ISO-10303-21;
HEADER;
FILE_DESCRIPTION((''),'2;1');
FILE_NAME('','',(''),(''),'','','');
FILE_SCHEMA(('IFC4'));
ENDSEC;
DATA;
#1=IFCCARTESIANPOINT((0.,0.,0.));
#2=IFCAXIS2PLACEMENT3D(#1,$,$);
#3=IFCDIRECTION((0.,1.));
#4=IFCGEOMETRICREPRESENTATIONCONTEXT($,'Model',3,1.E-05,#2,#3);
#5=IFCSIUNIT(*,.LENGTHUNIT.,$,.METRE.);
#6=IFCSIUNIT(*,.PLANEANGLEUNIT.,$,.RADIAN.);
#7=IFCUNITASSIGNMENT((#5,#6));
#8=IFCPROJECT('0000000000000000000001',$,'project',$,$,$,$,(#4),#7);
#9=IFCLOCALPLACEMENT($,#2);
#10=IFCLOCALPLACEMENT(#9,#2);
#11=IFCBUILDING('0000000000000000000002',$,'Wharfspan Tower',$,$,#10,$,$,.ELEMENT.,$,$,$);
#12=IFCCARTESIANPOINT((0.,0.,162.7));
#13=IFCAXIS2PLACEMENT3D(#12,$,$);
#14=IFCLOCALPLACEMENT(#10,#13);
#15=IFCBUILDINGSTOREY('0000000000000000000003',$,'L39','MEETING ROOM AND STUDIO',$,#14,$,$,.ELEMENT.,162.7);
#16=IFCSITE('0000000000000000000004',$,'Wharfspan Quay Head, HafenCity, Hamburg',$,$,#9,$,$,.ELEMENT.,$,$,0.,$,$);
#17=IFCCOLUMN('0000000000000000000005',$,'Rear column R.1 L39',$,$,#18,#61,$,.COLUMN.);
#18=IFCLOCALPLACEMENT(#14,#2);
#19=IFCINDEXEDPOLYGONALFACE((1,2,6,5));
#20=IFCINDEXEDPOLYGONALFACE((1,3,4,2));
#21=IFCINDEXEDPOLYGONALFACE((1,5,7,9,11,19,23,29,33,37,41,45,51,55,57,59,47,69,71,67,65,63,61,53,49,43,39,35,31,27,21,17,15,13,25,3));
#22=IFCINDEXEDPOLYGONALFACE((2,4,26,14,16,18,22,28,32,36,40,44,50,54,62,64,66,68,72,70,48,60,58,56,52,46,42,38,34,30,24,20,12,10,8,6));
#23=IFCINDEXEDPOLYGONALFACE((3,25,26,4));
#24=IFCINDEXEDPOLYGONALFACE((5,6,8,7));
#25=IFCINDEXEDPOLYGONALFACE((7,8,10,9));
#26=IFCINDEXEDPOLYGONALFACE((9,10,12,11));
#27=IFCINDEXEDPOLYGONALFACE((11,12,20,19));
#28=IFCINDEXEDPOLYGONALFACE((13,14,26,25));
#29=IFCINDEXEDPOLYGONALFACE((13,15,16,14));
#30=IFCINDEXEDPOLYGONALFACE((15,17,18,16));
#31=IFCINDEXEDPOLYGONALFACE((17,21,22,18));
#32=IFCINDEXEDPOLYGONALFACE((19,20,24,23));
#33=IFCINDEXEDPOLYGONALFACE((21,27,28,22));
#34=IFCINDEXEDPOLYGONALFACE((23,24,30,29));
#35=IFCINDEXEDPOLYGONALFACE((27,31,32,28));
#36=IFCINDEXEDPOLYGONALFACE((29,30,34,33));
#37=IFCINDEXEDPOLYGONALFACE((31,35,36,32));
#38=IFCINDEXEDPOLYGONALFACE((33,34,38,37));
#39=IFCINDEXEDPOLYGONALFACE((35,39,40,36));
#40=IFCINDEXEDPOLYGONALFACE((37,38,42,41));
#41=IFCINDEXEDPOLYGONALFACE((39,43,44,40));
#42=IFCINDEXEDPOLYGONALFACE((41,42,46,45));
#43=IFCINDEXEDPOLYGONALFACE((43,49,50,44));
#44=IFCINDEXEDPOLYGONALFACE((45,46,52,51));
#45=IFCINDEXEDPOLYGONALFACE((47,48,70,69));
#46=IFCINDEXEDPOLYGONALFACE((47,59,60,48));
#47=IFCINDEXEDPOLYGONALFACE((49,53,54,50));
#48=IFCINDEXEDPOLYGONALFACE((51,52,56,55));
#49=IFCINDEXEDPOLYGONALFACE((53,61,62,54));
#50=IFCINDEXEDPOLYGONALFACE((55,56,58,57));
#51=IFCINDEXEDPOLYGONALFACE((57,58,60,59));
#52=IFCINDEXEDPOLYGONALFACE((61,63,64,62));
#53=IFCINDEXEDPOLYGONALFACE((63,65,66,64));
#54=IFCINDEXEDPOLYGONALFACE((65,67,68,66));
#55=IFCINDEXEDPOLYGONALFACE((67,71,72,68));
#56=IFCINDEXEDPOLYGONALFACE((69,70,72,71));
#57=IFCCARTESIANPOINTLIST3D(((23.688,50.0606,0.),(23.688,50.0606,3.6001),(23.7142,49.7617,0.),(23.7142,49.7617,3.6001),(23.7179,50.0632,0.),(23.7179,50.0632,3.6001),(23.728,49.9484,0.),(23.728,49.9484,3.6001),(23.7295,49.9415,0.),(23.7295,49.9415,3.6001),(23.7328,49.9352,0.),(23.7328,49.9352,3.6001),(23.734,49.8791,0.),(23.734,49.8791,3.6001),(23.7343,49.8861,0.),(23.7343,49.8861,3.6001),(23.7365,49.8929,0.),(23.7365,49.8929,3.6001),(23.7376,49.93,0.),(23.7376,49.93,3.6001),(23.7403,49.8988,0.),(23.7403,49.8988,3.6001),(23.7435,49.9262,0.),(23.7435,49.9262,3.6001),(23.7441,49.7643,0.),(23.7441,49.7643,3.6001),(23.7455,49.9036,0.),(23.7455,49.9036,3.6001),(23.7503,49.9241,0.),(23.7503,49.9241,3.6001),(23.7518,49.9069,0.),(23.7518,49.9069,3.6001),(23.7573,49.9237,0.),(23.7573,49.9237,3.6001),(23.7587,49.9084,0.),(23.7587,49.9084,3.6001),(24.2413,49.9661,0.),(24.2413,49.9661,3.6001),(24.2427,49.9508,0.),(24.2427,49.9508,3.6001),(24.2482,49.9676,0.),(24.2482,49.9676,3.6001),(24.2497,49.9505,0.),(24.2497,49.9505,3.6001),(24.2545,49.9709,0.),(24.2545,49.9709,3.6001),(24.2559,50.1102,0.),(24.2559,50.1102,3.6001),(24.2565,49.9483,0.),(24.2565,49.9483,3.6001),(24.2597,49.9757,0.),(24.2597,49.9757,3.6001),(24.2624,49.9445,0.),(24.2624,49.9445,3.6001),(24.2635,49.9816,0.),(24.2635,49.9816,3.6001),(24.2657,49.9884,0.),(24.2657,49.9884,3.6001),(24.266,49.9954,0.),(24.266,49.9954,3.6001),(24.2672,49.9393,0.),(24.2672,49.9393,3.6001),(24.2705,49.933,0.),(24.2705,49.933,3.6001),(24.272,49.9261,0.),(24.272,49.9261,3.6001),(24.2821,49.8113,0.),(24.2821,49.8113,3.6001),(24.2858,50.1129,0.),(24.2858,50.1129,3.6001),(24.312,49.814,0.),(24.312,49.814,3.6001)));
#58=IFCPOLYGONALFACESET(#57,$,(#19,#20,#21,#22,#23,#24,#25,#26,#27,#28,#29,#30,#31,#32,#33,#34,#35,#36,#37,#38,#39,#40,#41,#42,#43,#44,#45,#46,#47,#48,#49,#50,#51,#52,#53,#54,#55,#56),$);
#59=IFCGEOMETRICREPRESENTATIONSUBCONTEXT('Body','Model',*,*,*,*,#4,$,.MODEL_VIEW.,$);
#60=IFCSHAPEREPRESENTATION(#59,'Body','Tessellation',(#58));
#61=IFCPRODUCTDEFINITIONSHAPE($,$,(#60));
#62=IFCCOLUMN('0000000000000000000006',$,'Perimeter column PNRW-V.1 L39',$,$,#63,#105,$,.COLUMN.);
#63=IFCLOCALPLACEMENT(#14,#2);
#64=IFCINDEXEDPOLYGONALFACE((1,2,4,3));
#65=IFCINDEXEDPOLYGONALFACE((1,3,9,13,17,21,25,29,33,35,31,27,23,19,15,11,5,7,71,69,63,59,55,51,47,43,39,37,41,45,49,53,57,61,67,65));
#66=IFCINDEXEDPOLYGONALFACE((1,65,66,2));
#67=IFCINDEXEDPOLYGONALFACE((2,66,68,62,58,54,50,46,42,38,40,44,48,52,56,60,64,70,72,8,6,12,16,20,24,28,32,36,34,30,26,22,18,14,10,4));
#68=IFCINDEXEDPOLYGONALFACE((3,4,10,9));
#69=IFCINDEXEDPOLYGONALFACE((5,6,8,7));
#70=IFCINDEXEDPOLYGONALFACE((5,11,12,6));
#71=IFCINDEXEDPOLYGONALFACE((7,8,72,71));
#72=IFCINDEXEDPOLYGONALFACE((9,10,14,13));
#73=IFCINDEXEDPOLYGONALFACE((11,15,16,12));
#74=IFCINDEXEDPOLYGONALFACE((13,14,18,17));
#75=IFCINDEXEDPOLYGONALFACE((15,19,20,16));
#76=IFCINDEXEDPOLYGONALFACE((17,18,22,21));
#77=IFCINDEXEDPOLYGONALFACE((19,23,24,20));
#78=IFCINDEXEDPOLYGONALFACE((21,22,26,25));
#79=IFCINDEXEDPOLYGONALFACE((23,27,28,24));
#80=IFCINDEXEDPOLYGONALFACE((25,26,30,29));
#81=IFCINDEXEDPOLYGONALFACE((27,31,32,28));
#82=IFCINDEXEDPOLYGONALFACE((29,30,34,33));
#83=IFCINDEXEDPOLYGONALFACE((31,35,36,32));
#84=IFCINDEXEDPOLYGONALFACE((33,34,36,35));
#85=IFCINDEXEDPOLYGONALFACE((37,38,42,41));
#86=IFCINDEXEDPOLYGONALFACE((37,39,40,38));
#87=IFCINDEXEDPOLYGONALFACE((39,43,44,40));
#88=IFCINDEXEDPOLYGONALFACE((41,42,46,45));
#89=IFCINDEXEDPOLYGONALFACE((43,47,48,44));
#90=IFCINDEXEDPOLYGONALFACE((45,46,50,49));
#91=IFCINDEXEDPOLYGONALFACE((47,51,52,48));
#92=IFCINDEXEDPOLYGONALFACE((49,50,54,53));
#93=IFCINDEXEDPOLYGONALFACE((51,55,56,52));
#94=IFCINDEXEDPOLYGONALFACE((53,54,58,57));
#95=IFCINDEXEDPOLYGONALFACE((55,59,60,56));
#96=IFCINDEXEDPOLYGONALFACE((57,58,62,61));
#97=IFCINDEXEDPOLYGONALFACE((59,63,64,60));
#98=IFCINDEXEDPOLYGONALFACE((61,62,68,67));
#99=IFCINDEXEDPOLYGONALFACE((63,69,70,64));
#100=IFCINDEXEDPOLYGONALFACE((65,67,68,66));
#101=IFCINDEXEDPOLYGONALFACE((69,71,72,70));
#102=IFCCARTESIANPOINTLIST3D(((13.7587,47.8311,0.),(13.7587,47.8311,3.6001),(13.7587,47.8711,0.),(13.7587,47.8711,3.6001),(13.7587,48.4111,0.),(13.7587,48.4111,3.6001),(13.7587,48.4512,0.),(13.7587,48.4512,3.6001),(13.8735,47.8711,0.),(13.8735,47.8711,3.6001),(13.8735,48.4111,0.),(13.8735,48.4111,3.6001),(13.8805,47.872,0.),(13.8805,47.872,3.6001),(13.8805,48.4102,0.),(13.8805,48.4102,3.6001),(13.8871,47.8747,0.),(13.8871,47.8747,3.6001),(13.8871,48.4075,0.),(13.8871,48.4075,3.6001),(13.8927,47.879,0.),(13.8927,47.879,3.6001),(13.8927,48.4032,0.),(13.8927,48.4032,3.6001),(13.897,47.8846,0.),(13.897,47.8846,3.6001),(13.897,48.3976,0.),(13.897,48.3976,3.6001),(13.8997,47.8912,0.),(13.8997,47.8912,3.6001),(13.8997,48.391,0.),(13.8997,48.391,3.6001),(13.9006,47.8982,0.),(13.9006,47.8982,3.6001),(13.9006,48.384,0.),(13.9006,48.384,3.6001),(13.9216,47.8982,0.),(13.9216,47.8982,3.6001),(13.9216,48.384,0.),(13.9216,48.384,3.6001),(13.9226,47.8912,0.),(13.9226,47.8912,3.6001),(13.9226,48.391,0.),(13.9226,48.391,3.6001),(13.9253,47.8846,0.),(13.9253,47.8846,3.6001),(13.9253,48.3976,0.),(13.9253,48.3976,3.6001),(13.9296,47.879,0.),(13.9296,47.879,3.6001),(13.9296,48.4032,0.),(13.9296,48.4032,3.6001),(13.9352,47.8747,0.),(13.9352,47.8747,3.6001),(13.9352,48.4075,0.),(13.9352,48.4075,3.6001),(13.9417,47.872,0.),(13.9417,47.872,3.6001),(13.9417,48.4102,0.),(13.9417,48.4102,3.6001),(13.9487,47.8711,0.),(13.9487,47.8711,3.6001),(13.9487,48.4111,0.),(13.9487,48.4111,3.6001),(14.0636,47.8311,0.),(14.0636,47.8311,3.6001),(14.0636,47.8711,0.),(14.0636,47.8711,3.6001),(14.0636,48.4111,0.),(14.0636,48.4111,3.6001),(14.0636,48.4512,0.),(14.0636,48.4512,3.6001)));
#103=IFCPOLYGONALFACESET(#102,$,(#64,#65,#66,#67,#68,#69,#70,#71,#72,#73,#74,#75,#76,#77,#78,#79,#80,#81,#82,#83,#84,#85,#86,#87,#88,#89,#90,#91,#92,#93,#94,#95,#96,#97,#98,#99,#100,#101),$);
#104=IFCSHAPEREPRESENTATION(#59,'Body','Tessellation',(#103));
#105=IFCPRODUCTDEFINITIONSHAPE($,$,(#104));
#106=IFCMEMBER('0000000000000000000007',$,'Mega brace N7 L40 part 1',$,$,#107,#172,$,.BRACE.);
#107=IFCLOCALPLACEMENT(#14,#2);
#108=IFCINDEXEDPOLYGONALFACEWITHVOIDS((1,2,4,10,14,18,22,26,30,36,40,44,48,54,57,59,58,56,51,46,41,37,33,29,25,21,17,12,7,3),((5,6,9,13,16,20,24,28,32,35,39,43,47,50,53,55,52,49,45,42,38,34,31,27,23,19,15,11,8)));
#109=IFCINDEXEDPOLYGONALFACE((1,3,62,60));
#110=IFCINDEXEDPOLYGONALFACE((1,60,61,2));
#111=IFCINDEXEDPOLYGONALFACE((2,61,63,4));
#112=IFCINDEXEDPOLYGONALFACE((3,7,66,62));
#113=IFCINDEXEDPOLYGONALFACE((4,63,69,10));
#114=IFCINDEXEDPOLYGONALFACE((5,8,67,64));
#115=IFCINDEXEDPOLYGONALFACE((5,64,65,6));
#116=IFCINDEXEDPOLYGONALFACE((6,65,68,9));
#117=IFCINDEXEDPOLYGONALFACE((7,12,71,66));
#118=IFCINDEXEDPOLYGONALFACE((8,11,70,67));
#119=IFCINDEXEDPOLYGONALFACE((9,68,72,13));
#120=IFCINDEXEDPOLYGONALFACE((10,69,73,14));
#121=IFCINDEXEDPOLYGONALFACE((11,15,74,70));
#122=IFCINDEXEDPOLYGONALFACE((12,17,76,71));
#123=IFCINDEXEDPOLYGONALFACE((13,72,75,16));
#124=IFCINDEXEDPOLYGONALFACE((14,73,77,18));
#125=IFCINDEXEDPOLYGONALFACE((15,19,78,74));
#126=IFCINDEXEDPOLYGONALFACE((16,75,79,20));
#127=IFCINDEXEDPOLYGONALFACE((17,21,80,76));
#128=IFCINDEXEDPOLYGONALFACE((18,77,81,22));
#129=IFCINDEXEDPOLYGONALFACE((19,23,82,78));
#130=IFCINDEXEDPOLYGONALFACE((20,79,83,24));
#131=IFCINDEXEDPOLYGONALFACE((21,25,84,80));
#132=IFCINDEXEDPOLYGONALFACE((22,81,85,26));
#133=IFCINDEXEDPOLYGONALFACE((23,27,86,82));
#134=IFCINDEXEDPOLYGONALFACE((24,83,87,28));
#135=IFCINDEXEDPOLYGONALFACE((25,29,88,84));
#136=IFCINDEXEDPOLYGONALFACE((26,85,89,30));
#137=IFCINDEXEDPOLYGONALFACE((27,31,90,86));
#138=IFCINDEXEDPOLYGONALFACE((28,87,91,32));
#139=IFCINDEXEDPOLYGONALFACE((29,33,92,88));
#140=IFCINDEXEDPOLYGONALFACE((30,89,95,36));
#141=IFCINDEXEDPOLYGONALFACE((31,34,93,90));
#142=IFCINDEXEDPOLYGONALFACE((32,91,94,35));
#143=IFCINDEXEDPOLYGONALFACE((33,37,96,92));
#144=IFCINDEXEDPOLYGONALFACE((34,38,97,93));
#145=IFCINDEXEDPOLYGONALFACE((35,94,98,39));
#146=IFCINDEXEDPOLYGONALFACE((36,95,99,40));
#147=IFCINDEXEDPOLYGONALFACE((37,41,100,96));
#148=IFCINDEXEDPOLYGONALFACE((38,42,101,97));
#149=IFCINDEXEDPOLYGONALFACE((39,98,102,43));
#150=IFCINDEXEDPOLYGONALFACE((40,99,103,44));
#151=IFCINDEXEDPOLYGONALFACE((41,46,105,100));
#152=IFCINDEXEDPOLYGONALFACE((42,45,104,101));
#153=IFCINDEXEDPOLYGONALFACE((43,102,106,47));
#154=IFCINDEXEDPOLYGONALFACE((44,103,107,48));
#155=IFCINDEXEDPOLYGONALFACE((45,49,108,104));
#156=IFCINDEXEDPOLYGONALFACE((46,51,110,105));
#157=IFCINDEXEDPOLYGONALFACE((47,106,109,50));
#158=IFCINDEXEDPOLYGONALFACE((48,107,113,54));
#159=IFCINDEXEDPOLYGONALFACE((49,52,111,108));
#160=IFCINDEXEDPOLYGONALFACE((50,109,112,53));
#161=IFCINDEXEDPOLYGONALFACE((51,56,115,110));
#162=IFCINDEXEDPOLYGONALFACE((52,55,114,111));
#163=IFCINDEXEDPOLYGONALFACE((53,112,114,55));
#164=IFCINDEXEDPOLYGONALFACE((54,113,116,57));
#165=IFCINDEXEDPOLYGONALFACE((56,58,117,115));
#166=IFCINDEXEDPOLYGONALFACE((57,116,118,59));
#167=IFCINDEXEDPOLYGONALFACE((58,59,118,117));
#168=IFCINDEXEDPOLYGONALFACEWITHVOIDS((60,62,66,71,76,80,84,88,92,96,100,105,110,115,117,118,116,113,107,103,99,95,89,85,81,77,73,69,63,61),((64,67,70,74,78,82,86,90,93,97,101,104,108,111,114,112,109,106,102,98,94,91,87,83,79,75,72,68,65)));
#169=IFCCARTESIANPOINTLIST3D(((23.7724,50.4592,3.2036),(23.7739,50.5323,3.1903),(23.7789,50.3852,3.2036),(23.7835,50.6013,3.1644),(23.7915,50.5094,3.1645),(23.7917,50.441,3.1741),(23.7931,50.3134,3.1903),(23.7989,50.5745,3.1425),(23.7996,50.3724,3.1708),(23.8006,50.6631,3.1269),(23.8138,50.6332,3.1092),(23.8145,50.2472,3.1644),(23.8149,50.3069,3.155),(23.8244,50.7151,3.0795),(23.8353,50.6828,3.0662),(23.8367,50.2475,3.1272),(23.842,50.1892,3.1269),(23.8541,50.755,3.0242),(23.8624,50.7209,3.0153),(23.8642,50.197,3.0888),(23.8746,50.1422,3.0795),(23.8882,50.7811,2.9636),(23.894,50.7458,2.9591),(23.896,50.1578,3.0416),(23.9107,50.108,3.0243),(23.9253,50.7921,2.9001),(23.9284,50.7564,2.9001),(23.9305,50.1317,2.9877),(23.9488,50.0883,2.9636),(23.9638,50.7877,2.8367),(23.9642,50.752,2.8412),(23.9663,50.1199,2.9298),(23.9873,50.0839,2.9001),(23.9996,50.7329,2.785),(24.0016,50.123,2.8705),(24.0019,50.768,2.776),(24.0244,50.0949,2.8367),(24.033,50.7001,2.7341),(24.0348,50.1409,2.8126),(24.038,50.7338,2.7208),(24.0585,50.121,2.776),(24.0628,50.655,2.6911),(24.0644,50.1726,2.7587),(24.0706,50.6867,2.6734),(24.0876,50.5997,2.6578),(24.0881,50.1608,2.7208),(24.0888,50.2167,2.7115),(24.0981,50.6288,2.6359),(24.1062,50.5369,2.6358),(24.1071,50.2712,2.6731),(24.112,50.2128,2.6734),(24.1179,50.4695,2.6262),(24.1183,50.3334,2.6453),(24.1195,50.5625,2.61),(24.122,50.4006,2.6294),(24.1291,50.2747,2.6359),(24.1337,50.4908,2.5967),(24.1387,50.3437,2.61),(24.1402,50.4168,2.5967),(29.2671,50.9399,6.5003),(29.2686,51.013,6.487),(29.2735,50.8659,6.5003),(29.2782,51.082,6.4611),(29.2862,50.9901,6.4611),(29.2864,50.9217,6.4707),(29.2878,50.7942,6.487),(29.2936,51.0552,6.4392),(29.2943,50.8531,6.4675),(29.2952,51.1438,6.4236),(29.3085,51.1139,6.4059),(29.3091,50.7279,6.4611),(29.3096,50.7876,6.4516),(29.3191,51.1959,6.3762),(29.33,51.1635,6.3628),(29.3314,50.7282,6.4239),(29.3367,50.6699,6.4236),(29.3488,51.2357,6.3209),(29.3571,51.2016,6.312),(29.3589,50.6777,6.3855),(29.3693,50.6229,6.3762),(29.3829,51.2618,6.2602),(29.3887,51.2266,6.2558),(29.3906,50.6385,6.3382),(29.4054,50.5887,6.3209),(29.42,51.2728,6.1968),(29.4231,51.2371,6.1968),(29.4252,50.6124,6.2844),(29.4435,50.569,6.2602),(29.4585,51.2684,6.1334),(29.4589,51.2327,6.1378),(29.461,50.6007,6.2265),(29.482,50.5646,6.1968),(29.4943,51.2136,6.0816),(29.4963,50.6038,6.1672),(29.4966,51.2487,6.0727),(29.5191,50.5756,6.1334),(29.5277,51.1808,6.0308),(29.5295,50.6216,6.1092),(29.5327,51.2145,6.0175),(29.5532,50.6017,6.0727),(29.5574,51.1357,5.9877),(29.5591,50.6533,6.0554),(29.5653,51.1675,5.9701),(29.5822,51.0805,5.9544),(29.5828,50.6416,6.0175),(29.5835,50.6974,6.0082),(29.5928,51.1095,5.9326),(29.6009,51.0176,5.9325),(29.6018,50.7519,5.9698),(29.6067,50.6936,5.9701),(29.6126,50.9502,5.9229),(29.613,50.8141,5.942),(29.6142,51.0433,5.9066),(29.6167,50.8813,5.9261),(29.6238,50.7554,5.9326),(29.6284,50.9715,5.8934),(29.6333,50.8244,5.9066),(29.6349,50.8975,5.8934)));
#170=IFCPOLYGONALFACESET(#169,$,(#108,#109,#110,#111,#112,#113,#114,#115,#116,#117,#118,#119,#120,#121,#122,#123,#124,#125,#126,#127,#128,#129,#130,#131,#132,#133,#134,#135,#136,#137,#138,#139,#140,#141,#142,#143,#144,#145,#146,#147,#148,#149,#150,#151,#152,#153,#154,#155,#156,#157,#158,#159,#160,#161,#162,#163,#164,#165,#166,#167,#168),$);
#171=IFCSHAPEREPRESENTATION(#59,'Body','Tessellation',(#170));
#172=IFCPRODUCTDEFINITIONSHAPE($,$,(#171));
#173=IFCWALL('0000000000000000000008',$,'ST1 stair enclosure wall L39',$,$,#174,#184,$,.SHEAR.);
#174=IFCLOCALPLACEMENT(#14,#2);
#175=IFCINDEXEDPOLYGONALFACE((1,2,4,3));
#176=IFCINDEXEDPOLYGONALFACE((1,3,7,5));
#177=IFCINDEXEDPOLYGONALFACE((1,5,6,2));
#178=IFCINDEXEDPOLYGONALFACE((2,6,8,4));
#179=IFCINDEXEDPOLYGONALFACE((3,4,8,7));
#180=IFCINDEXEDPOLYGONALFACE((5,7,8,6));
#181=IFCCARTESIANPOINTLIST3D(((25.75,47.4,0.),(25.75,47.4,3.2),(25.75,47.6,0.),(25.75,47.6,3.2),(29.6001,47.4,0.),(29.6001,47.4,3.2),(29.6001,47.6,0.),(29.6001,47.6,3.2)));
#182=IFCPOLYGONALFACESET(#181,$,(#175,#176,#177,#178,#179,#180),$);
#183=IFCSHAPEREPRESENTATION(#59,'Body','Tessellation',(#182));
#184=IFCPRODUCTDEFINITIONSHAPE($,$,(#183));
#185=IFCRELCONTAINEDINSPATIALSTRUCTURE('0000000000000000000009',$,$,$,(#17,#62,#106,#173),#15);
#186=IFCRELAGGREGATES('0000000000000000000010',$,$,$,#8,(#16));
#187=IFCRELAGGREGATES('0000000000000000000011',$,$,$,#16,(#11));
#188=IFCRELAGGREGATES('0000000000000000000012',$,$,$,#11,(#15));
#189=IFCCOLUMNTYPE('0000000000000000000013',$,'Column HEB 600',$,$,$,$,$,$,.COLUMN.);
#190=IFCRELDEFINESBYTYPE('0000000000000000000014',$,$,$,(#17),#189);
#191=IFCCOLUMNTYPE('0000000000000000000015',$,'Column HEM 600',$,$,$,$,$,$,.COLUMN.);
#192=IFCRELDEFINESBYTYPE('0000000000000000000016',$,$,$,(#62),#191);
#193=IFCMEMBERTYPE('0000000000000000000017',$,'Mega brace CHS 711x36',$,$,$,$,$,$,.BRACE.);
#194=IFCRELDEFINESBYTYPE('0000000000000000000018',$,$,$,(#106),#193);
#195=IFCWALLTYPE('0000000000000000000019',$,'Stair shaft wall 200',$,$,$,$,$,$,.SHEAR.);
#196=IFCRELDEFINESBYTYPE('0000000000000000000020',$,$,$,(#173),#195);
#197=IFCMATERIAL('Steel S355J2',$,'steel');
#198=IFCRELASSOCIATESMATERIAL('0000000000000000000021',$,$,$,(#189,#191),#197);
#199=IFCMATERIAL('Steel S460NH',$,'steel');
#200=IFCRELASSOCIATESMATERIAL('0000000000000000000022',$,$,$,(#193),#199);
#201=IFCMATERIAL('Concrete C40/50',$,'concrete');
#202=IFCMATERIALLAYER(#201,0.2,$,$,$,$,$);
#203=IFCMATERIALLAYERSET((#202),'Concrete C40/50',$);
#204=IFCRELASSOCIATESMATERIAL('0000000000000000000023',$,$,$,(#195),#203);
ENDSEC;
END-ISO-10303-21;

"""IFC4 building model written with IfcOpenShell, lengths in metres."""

from ifc_helpers import new_model, si_unit, direction, frame, frame_2d, origin, origin_2d, place, context, subcontext, project, spatial, rectangle, hollow_circle, i_section, extrude, material, layer, layer_set, material_profile, profile_set, type_object, element, save


model = new_model("IFC4")

# Units and contexts
model_context = context("Model", 3, precision=1e-05, world=origin(), true_north=direction((0.0, 1.0)))
body_context = subcontext(model_context, "Body", "Model", "MODEL_VIEW")
ifc_project = project(units=[si_unit("LENGTHUNIT", "METRE"), si_unit("PLANEANGLEUNIT", "RADIAN")], contexts=[model_context])

# Site, building, storey
site_placement = place(None, origin())
site = spatial("IfcSite", under=ifc_project, at=site_placement, Name="Wharfspan Quay Head, HafenCity, Hamburg", CompositionType="ELEMENT", RefElevation=0.0)
building_placement = place(site_placement, origin())
building = spatial("IfcBuilding", under=site, at=building_placement, Name="Wharfspan Tower", CompositionType="ELEMENT")
storey_placement = place(building_placement, frame((0.0, 0.0, 162.7)))
storey = spatial("IfcBuildingStorey", under=building, at=storey_placement, Name="L39", Description="MEETING ROOM AND STUDIO", CompositionType="ELEMENT", Elevation=162.7)

# Columns
ifc_material_1 = material(Name="Steel S355J2", Category="steel")
ifc_material_profile_1 = material_profile(ifc_material_1, i_section(OverallWidth=0.3, OverallDepth=0.6001, WebThickness=0.0154, FlangeThickness=0.03, FilletRadius=0.0271, at=origin_2d()))
ifc_profile_set_1 = profile_set([ifc_material_profile_1], Name="Steel S355J2")
column_type_1 = type_object("IfcColumnType", Name="Column HEB 600", PredefinedType="COLUMN", material=ifc_profile_set_1)
column_1_placement = place(storey_placement, frame((24.0, 49.9373, 0.0), z_axis=(0.0, 0.0, 1.0), x_axis=(-0.087156, 0.996198, 0.0)))
element("IfcColumn", 1, at=column_1_placement, inside=storey, type_object=column_type_1, Name="Rear column R.1 L39", PredefinedType="COLUMN", context=body_context, shape_type="SweptSolid", body=[
    extrude(i_section(OverallWidth=0.3, OverallDepth=0.6001, WebThickness=0.0154, FlangeThickness=0.03, FilletRadius=0.0271, at=origin_2d()), origin(), (0.0, 0.0, 1.0), 3.6001),
])
ifc_material_profile_2 = material_profile(ifc_material_1, i_section(OverallWidth=0.3049, OverallDepth=0.6201, WebThickness=0.021, FlangeThickness=0.04, FilletRadius=0.0271, at=origin_2d()))
ifc_profile_set_2 = profile_set([ifc_material_profile_2], Name="Steel S355J2")
column_type_2 = type_object("IfcColumnType", Name="Column HEM 600", PredefinedType="COLUMN", material=ifc_profile_set_2)
column_2_placement = place(storey_placement, frame((13.9111, 48.1411, 0.0), z_axis=(0.0, 0.0, 1.0), x_axis=(-1.0, 0.0, 0.0)))
element("IfcColumn", 2, at=column_2_placement, inside=storey, type_object=column_type_2, Name="Perimeter column PNRW-V.1 L39", PredefinedType="COLUMN", context=body_context, shape_type="SweptSolid", body=[
    extrude(i_section(OverallWidth=0.3049, OverallDepth=0.6201, WebThickness=0.021, FlangeThickness=0.04, FilletRadius=0.0271, at=origin_2d()), origin(), (0.0, 0.0, 1.0), 3.6001),
])

# Member
ifc_material_2 = material(Name="Steel S460NH", Category="steel")
ifc_material_profile_3 = material_profile(ifc_material_2, hollow_circle(Radius=0.3555, WallThickness=0.0359, at=origin_2d()))
ifc_profile_set_3 = profile_set([ifc_material_profile_3], Name="Steel S460NH")
member_type = type_object("IfcMemberType", Name="Mega brace CHS 711x36", PredefinedType="BRACE", material=ifc_profile_set_3)
member_placement = place(storey_placement, frame((23.9563, 50.438, 2.9001), z_axis=(0.8551, 0.074811, 0.513037), x_axis=(-0.087154, 0.996196, -0.000002)))
element("IfcMember", 3, at=member_placement, inside=storey, type_object=member_type, Name="Mega brace N7 L40 part 1", PredefinedType="BRACE", context=body_context, shape_type="SweptSolid", body=[
    extrude(hollow_circle(Radius=0.3555, WallThickness=0.0359, at=origin_2d()), origin(), (0.0, 0.0, 1.0), 6.4258),
])

# Wall
ifc_material_3 = material(Name="Concrete C40/50", Category="concrete")
ifc_layer_1 = layer(ifc_material_3, 0.2)
ifc_layer_set_1 = layer_set([ifc_layer_1], Name="Concrete C40/50")
wall_type_1 = type_object("IfcWallType", Name="Stair shaft wall 200", PredefinedType="SHEAR", material=ifc_layer_set_1)
wall_1_placement = place(storey_placement, frame((25.75, 47.5, 0.0), z_axis=(0.0, 0.0, 1.0), x_axis=(1.0, 0.0, 0.0)))
element("IfcWall", 4, at=wall_1_placement, inside=storey, type_object=wall_type_1, Name="ST1 stair enclosure wall L39", PredefinedType="SHEAR", context=body_context, shape_type="SweptSolid", body=[
    extrude(rectangle(XDim=3.8501, YDim=0.2, at=frame_2d((1.925, 0.0))), origin(), (0.0, 0.0, 1.0), 3.2),
])

save(model, "model.ifc")
